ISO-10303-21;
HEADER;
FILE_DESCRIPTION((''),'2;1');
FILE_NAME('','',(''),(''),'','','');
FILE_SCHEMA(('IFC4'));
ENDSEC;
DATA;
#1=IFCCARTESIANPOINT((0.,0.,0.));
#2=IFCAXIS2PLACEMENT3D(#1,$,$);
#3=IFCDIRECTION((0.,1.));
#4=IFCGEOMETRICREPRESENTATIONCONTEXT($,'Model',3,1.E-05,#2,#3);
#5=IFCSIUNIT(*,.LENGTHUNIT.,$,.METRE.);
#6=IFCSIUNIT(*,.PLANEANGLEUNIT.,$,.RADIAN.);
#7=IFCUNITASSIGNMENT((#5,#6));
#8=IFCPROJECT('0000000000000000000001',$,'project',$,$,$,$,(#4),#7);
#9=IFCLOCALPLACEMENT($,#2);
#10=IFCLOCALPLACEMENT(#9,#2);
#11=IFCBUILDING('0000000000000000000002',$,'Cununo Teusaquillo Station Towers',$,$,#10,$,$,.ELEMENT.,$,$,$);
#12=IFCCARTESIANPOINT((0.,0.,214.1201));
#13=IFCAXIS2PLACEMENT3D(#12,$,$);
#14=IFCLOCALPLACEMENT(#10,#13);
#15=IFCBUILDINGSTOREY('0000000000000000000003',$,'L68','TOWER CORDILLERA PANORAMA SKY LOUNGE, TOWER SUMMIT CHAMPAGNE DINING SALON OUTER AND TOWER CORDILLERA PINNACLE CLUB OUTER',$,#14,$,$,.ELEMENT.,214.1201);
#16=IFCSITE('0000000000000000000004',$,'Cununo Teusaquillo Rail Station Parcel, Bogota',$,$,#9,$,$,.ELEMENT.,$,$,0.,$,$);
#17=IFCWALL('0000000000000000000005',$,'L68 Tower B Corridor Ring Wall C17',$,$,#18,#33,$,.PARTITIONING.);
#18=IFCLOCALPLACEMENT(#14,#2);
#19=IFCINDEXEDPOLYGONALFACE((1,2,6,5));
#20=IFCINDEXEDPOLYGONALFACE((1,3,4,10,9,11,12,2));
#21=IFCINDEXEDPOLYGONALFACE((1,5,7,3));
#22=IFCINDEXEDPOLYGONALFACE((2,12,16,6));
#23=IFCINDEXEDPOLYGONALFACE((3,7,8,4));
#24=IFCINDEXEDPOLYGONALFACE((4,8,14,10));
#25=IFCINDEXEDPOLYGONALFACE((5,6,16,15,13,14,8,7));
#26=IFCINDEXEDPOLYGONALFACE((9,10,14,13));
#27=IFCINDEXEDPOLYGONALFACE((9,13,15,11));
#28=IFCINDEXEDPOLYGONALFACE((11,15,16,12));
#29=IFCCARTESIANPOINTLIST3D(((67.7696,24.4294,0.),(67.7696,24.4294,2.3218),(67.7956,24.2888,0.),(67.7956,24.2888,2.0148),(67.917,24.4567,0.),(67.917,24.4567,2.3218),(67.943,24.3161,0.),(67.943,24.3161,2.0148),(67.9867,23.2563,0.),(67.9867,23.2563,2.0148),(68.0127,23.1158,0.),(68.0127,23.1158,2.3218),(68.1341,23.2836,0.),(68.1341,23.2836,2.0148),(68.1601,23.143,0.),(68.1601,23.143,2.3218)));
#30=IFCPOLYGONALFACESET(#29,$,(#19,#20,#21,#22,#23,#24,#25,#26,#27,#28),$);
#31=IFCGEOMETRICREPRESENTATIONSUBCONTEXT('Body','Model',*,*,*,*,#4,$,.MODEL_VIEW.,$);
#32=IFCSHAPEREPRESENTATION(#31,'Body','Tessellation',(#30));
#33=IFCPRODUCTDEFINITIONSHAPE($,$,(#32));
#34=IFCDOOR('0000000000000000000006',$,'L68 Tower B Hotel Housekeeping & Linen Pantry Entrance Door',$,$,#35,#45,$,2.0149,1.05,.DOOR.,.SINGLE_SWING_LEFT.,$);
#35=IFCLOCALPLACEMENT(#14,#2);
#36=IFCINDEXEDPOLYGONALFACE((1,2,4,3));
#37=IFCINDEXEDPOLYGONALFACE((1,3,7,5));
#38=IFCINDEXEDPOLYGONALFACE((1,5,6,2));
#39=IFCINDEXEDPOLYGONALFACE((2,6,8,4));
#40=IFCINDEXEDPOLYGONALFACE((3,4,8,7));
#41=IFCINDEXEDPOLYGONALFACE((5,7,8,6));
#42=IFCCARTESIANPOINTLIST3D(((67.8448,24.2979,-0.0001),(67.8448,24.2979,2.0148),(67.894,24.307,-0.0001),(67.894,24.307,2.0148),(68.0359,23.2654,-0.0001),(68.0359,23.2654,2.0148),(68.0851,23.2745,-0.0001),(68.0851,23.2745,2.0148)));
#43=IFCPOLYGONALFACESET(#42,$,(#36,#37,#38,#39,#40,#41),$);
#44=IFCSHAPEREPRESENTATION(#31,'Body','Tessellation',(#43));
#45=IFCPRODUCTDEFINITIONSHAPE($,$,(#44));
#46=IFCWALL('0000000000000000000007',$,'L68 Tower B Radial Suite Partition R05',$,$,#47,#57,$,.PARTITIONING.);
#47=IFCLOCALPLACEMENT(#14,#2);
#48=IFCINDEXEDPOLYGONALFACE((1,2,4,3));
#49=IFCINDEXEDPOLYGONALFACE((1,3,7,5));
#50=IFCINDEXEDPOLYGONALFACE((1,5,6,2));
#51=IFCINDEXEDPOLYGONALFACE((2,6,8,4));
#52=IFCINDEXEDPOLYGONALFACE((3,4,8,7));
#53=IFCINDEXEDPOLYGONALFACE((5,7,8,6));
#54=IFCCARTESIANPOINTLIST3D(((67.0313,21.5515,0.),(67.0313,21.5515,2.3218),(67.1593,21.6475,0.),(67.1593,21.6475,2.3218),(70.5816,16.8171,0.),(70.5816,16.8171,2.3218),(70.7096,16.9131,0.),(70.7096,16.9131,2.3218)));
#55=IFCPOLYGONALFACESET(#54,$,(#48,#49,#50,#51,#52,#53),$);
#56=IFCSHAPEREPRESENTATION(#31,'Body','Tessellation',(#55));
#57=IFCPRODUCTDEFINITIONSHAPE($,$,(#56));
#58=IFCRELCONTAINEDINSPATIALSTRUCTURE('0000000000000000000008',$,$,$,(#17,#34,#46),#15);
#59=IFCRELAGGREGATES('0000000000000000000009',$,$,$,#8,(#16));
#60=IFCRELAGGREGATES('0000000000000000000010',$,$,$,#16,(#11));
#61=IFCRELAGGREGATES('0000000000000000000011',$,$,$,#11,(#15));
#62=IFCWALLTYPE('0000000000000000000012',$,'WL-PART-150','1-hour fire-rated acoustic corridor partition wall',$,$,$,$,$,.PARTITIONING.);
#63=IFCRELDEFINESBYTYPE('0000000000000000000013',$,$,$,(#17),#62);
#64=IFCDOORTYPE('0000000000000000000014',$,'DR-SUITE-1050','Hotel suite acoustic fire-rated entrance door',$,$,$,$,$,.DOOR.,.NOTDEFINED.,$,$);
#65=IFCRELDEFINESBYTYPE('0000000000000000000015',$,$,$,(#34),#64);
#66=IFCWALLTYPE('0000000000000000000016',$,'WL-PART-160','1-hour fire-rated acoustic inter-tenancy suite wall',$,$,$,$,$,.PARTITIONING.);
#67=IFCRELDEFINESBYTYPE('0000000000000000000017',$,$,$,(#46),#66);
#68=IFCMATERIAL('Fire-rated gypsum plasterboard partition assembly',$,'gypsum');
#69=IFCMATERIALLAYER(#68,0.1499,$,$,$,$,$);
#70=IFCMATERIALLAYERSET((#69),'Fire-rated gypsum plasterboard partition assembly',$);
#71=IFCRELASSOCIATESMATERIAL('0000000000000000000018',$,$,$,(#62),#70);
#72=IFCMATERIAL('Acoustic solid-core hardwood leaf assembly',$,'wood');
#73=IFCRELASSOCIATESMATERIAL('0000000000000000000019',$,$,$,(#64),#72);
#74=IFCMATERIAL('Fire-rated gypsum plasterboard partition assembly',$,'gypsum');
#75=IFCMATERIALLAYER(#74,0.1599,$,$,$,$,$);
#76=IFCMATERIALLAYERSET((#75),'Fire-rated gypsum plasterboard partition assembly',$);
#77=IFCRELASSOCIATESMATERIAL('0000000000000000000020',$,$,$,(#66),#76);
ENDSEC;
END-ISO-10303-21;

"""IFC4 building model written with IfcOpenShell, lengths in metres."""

from ifc_helpers import new_model, si_unit, direction, frame, frame_2d, origin, place, context, subcontext, project, spatial, rectangle, extrude, source, transform, mapped, material, layer, layer_set, type_object, element, fill, save


model = new_model("IFC4")

# Units and contexts
model_context = context("Model", 3, precision=1e-05, world=origin(), true_north=direction((0.0, 1.0)))
body_context = subcontext(model_context, "Body", "Model", "MODEL_VIEW")
ifc_project = project(units=[si_unit("LENGTHUNIT", "METRE"), si_unit("PLANEANGLEUNIT", "RADIAN")], contexts=[model_context])

# Site, building, storey
site_placement = place(None, origin())
site = spatial("IfcSite", under=ifc_project, at=site_placement, Name="Cununo Teusaquillo Rail Station Parcel, Bogota", CompositionType="ELEMENT", RefElevation=0.0)
building_placement = place(site_placement, origin())
building = spatial("IfcBuilding", under=site, at=building_placement, Name="Cununo Teusaquillo Station Towers", CompositionType="ELEMENT")
storey_placement = place(building_placement, frame((0.0, 0.0, 214.1201)))
storey = spatial("IfcBuildingStorey", under=building, at=storey_placement, Name="L68", Description="TOWER CORDILLERA PANORAMA SKY LOUNGE, TOWER SUMMIT CHAMPAGNE DINING SALON OUTER AND TOWER CORDILLERA PINNACLE CLUB OUTER", CompositionType="ELEMENT", Elevation=214.1201)

# Shared definitions
ifc_material_1 = material(Name="Fire-rated gypsum plasterboard partition assembly", Category="gypsum")
ifc_layer_1 = layer(ifc_material_1, 0.1499)
ifc_layer_set_1 = layer_set([ifc_layer_1], Name="Fire-rated gypsum plasterboard partition assembly")
wall_type_1 = type_object("IfcWallType", Name="WL-PART-150", Description="1-hour fire-rated acoustic corridor partition wall", PredefinedType="PARTITIONING", material=ifc_layer_set_1)

# Wall, opening, door
wall_1_placement = place(storey_placement, frame((68.0864, 23.1294, 0.0), z_axis=(0.0, 0.0, 1.0), x_axis=(-0.182004, 0.983298, 0.0)))
wall_1 = element("IfcWall", 1, at=wall_1_placement, inside=storey, type_object=wall_type_1, Name="L68 Tower B Corridor Ring Wall C17", PredefinedType="PARTITIONING", context=body_context, shape_type="SweptSolid", body=[
    extrude(rectangle(XDim=1.3359, YDim=0.1499, at=frame_2d((0.668, 0.0))), origin(), (0.0, 0.0, 1.0), 2.3218),
])
shared_shape_1 = source(origin(), body_context, "Body", "SweptSolid", [
    extrude(rectangle(XDim=1.05, YDim=2.0149, at=frame_2d((0.5249, 1.0073))), frame((0.0, 0.085, 0.0), z_axis=(0.0, -1.0, 0.0), x_axis=(1.0, 0.0, 0.0)), (0.0, 0.0, 1.0), 0.1699),
])
opening_1_placement = place(wall_1_placement, frame((0.1431, 0.0, 0.0)))
opening_1 = element("IfcOpeningElement", 2, at=opening_1_placement, cuts=wall_1, PredefinedType="OPENING", context=body_context, shape_type="MappedRepresentation", body=[
    mapped(shared_shape_1, transform((0.0, 0.0, 0.0), x_axis=(1.0, 0.0, 0.0), y_axis=(0.0, 1.0, 0.0), z_axis=(0.0, 0.0, 1.0), scale=1.0)),
])
ifc_material_2 = material(Name="Acoustic solid-core hardwood leaf assembly", Category="wood")
door_type = type_object("IfcDoorType", Name="DR-SUITE-1050", Description="Hotel suite acoustic fire-rated entrance door", OperationType="NOTDEFINED", PredefinedType="DOOR", material=ifc_material_2)
shared_shape_2 = source(origin(), body_context, "Body", "SweptSolid", [
    extrude(rectangle(XDim=1.05, YDim=2.0149, at=frame_2d((0.5249, 1.0073))), frame((0.0, 0.0249, 0.0), z_axis=(0.0, -1.0, 0.0), x_axis=(1.0, 0.0, 0.0)), (0.0, 0.0, 1.0), 0.05),
])
door_placement = place(opening_1_placement, origin())
door = element("IfcDoor", 3, at=door_placement, inside=storey, type_object=door_type, Name="L68 Tower B Hotel Housekeeping & Linen Pantry Entrance Door", OperationType="SINGLE_SWING_LEFT", OverallHeight=2.0149, OverallWidth=1.05, PredefinedType="DOOR", context=body_context, shape_type="MappedRepresentation", body=[
    mapped(shared_shape_2, transform((0.0, 0.0, 0.0), x_axis=(1.0, 0.0, 0.0), y_axis=(0.0, 1.0, 0.0), z_axis=(0.0, 0.0, 1.0), scale=1.0)),
])
fill(opening_1, door)

# Wall
ifc_material_3 = material(Name="Fire-rated gypsum plasterboard partition assembly", Category="gypsum")
ifc_layer_2 = layer(ifc_material_3, 0.1599)
ifc_layer_set_2 = layer_set([ifc_layer_2], Name="Fire-rated gypsum plasterboard partition assembly")
wall_type_2 = type_object("IfcWallType", Name="WL-PART-160", Description="1-hour fire-rated acoustic inter-tenancy suite wall", PredefinedType="PARTITIONING", material=ifc_layer_set_2)
wall_2_placement = place(storey_placement, frame((67.0952, 21.5996, 0.0), z_axis=(0.0, 0.0, 1.0), x_axis=(0.599947, -0.80004, 0.0)))
element("IfcWall", 4, at=wall_2_placement, inside=storey, type_object=wall_type_2, Name="L68 Tower B Radial Suite Partition R05", PredefinedType="PARTITIONING", context=body_context, shape_type="SweptSolid", body=[
    extrude(rectangle(XDim=5.9177, YDim=0.1599, at=frame_2d((2.959, 0.0))), origin(), (0.0, 0.0, 1.0), 2.3218),
])

save(model, "model.ifc")
